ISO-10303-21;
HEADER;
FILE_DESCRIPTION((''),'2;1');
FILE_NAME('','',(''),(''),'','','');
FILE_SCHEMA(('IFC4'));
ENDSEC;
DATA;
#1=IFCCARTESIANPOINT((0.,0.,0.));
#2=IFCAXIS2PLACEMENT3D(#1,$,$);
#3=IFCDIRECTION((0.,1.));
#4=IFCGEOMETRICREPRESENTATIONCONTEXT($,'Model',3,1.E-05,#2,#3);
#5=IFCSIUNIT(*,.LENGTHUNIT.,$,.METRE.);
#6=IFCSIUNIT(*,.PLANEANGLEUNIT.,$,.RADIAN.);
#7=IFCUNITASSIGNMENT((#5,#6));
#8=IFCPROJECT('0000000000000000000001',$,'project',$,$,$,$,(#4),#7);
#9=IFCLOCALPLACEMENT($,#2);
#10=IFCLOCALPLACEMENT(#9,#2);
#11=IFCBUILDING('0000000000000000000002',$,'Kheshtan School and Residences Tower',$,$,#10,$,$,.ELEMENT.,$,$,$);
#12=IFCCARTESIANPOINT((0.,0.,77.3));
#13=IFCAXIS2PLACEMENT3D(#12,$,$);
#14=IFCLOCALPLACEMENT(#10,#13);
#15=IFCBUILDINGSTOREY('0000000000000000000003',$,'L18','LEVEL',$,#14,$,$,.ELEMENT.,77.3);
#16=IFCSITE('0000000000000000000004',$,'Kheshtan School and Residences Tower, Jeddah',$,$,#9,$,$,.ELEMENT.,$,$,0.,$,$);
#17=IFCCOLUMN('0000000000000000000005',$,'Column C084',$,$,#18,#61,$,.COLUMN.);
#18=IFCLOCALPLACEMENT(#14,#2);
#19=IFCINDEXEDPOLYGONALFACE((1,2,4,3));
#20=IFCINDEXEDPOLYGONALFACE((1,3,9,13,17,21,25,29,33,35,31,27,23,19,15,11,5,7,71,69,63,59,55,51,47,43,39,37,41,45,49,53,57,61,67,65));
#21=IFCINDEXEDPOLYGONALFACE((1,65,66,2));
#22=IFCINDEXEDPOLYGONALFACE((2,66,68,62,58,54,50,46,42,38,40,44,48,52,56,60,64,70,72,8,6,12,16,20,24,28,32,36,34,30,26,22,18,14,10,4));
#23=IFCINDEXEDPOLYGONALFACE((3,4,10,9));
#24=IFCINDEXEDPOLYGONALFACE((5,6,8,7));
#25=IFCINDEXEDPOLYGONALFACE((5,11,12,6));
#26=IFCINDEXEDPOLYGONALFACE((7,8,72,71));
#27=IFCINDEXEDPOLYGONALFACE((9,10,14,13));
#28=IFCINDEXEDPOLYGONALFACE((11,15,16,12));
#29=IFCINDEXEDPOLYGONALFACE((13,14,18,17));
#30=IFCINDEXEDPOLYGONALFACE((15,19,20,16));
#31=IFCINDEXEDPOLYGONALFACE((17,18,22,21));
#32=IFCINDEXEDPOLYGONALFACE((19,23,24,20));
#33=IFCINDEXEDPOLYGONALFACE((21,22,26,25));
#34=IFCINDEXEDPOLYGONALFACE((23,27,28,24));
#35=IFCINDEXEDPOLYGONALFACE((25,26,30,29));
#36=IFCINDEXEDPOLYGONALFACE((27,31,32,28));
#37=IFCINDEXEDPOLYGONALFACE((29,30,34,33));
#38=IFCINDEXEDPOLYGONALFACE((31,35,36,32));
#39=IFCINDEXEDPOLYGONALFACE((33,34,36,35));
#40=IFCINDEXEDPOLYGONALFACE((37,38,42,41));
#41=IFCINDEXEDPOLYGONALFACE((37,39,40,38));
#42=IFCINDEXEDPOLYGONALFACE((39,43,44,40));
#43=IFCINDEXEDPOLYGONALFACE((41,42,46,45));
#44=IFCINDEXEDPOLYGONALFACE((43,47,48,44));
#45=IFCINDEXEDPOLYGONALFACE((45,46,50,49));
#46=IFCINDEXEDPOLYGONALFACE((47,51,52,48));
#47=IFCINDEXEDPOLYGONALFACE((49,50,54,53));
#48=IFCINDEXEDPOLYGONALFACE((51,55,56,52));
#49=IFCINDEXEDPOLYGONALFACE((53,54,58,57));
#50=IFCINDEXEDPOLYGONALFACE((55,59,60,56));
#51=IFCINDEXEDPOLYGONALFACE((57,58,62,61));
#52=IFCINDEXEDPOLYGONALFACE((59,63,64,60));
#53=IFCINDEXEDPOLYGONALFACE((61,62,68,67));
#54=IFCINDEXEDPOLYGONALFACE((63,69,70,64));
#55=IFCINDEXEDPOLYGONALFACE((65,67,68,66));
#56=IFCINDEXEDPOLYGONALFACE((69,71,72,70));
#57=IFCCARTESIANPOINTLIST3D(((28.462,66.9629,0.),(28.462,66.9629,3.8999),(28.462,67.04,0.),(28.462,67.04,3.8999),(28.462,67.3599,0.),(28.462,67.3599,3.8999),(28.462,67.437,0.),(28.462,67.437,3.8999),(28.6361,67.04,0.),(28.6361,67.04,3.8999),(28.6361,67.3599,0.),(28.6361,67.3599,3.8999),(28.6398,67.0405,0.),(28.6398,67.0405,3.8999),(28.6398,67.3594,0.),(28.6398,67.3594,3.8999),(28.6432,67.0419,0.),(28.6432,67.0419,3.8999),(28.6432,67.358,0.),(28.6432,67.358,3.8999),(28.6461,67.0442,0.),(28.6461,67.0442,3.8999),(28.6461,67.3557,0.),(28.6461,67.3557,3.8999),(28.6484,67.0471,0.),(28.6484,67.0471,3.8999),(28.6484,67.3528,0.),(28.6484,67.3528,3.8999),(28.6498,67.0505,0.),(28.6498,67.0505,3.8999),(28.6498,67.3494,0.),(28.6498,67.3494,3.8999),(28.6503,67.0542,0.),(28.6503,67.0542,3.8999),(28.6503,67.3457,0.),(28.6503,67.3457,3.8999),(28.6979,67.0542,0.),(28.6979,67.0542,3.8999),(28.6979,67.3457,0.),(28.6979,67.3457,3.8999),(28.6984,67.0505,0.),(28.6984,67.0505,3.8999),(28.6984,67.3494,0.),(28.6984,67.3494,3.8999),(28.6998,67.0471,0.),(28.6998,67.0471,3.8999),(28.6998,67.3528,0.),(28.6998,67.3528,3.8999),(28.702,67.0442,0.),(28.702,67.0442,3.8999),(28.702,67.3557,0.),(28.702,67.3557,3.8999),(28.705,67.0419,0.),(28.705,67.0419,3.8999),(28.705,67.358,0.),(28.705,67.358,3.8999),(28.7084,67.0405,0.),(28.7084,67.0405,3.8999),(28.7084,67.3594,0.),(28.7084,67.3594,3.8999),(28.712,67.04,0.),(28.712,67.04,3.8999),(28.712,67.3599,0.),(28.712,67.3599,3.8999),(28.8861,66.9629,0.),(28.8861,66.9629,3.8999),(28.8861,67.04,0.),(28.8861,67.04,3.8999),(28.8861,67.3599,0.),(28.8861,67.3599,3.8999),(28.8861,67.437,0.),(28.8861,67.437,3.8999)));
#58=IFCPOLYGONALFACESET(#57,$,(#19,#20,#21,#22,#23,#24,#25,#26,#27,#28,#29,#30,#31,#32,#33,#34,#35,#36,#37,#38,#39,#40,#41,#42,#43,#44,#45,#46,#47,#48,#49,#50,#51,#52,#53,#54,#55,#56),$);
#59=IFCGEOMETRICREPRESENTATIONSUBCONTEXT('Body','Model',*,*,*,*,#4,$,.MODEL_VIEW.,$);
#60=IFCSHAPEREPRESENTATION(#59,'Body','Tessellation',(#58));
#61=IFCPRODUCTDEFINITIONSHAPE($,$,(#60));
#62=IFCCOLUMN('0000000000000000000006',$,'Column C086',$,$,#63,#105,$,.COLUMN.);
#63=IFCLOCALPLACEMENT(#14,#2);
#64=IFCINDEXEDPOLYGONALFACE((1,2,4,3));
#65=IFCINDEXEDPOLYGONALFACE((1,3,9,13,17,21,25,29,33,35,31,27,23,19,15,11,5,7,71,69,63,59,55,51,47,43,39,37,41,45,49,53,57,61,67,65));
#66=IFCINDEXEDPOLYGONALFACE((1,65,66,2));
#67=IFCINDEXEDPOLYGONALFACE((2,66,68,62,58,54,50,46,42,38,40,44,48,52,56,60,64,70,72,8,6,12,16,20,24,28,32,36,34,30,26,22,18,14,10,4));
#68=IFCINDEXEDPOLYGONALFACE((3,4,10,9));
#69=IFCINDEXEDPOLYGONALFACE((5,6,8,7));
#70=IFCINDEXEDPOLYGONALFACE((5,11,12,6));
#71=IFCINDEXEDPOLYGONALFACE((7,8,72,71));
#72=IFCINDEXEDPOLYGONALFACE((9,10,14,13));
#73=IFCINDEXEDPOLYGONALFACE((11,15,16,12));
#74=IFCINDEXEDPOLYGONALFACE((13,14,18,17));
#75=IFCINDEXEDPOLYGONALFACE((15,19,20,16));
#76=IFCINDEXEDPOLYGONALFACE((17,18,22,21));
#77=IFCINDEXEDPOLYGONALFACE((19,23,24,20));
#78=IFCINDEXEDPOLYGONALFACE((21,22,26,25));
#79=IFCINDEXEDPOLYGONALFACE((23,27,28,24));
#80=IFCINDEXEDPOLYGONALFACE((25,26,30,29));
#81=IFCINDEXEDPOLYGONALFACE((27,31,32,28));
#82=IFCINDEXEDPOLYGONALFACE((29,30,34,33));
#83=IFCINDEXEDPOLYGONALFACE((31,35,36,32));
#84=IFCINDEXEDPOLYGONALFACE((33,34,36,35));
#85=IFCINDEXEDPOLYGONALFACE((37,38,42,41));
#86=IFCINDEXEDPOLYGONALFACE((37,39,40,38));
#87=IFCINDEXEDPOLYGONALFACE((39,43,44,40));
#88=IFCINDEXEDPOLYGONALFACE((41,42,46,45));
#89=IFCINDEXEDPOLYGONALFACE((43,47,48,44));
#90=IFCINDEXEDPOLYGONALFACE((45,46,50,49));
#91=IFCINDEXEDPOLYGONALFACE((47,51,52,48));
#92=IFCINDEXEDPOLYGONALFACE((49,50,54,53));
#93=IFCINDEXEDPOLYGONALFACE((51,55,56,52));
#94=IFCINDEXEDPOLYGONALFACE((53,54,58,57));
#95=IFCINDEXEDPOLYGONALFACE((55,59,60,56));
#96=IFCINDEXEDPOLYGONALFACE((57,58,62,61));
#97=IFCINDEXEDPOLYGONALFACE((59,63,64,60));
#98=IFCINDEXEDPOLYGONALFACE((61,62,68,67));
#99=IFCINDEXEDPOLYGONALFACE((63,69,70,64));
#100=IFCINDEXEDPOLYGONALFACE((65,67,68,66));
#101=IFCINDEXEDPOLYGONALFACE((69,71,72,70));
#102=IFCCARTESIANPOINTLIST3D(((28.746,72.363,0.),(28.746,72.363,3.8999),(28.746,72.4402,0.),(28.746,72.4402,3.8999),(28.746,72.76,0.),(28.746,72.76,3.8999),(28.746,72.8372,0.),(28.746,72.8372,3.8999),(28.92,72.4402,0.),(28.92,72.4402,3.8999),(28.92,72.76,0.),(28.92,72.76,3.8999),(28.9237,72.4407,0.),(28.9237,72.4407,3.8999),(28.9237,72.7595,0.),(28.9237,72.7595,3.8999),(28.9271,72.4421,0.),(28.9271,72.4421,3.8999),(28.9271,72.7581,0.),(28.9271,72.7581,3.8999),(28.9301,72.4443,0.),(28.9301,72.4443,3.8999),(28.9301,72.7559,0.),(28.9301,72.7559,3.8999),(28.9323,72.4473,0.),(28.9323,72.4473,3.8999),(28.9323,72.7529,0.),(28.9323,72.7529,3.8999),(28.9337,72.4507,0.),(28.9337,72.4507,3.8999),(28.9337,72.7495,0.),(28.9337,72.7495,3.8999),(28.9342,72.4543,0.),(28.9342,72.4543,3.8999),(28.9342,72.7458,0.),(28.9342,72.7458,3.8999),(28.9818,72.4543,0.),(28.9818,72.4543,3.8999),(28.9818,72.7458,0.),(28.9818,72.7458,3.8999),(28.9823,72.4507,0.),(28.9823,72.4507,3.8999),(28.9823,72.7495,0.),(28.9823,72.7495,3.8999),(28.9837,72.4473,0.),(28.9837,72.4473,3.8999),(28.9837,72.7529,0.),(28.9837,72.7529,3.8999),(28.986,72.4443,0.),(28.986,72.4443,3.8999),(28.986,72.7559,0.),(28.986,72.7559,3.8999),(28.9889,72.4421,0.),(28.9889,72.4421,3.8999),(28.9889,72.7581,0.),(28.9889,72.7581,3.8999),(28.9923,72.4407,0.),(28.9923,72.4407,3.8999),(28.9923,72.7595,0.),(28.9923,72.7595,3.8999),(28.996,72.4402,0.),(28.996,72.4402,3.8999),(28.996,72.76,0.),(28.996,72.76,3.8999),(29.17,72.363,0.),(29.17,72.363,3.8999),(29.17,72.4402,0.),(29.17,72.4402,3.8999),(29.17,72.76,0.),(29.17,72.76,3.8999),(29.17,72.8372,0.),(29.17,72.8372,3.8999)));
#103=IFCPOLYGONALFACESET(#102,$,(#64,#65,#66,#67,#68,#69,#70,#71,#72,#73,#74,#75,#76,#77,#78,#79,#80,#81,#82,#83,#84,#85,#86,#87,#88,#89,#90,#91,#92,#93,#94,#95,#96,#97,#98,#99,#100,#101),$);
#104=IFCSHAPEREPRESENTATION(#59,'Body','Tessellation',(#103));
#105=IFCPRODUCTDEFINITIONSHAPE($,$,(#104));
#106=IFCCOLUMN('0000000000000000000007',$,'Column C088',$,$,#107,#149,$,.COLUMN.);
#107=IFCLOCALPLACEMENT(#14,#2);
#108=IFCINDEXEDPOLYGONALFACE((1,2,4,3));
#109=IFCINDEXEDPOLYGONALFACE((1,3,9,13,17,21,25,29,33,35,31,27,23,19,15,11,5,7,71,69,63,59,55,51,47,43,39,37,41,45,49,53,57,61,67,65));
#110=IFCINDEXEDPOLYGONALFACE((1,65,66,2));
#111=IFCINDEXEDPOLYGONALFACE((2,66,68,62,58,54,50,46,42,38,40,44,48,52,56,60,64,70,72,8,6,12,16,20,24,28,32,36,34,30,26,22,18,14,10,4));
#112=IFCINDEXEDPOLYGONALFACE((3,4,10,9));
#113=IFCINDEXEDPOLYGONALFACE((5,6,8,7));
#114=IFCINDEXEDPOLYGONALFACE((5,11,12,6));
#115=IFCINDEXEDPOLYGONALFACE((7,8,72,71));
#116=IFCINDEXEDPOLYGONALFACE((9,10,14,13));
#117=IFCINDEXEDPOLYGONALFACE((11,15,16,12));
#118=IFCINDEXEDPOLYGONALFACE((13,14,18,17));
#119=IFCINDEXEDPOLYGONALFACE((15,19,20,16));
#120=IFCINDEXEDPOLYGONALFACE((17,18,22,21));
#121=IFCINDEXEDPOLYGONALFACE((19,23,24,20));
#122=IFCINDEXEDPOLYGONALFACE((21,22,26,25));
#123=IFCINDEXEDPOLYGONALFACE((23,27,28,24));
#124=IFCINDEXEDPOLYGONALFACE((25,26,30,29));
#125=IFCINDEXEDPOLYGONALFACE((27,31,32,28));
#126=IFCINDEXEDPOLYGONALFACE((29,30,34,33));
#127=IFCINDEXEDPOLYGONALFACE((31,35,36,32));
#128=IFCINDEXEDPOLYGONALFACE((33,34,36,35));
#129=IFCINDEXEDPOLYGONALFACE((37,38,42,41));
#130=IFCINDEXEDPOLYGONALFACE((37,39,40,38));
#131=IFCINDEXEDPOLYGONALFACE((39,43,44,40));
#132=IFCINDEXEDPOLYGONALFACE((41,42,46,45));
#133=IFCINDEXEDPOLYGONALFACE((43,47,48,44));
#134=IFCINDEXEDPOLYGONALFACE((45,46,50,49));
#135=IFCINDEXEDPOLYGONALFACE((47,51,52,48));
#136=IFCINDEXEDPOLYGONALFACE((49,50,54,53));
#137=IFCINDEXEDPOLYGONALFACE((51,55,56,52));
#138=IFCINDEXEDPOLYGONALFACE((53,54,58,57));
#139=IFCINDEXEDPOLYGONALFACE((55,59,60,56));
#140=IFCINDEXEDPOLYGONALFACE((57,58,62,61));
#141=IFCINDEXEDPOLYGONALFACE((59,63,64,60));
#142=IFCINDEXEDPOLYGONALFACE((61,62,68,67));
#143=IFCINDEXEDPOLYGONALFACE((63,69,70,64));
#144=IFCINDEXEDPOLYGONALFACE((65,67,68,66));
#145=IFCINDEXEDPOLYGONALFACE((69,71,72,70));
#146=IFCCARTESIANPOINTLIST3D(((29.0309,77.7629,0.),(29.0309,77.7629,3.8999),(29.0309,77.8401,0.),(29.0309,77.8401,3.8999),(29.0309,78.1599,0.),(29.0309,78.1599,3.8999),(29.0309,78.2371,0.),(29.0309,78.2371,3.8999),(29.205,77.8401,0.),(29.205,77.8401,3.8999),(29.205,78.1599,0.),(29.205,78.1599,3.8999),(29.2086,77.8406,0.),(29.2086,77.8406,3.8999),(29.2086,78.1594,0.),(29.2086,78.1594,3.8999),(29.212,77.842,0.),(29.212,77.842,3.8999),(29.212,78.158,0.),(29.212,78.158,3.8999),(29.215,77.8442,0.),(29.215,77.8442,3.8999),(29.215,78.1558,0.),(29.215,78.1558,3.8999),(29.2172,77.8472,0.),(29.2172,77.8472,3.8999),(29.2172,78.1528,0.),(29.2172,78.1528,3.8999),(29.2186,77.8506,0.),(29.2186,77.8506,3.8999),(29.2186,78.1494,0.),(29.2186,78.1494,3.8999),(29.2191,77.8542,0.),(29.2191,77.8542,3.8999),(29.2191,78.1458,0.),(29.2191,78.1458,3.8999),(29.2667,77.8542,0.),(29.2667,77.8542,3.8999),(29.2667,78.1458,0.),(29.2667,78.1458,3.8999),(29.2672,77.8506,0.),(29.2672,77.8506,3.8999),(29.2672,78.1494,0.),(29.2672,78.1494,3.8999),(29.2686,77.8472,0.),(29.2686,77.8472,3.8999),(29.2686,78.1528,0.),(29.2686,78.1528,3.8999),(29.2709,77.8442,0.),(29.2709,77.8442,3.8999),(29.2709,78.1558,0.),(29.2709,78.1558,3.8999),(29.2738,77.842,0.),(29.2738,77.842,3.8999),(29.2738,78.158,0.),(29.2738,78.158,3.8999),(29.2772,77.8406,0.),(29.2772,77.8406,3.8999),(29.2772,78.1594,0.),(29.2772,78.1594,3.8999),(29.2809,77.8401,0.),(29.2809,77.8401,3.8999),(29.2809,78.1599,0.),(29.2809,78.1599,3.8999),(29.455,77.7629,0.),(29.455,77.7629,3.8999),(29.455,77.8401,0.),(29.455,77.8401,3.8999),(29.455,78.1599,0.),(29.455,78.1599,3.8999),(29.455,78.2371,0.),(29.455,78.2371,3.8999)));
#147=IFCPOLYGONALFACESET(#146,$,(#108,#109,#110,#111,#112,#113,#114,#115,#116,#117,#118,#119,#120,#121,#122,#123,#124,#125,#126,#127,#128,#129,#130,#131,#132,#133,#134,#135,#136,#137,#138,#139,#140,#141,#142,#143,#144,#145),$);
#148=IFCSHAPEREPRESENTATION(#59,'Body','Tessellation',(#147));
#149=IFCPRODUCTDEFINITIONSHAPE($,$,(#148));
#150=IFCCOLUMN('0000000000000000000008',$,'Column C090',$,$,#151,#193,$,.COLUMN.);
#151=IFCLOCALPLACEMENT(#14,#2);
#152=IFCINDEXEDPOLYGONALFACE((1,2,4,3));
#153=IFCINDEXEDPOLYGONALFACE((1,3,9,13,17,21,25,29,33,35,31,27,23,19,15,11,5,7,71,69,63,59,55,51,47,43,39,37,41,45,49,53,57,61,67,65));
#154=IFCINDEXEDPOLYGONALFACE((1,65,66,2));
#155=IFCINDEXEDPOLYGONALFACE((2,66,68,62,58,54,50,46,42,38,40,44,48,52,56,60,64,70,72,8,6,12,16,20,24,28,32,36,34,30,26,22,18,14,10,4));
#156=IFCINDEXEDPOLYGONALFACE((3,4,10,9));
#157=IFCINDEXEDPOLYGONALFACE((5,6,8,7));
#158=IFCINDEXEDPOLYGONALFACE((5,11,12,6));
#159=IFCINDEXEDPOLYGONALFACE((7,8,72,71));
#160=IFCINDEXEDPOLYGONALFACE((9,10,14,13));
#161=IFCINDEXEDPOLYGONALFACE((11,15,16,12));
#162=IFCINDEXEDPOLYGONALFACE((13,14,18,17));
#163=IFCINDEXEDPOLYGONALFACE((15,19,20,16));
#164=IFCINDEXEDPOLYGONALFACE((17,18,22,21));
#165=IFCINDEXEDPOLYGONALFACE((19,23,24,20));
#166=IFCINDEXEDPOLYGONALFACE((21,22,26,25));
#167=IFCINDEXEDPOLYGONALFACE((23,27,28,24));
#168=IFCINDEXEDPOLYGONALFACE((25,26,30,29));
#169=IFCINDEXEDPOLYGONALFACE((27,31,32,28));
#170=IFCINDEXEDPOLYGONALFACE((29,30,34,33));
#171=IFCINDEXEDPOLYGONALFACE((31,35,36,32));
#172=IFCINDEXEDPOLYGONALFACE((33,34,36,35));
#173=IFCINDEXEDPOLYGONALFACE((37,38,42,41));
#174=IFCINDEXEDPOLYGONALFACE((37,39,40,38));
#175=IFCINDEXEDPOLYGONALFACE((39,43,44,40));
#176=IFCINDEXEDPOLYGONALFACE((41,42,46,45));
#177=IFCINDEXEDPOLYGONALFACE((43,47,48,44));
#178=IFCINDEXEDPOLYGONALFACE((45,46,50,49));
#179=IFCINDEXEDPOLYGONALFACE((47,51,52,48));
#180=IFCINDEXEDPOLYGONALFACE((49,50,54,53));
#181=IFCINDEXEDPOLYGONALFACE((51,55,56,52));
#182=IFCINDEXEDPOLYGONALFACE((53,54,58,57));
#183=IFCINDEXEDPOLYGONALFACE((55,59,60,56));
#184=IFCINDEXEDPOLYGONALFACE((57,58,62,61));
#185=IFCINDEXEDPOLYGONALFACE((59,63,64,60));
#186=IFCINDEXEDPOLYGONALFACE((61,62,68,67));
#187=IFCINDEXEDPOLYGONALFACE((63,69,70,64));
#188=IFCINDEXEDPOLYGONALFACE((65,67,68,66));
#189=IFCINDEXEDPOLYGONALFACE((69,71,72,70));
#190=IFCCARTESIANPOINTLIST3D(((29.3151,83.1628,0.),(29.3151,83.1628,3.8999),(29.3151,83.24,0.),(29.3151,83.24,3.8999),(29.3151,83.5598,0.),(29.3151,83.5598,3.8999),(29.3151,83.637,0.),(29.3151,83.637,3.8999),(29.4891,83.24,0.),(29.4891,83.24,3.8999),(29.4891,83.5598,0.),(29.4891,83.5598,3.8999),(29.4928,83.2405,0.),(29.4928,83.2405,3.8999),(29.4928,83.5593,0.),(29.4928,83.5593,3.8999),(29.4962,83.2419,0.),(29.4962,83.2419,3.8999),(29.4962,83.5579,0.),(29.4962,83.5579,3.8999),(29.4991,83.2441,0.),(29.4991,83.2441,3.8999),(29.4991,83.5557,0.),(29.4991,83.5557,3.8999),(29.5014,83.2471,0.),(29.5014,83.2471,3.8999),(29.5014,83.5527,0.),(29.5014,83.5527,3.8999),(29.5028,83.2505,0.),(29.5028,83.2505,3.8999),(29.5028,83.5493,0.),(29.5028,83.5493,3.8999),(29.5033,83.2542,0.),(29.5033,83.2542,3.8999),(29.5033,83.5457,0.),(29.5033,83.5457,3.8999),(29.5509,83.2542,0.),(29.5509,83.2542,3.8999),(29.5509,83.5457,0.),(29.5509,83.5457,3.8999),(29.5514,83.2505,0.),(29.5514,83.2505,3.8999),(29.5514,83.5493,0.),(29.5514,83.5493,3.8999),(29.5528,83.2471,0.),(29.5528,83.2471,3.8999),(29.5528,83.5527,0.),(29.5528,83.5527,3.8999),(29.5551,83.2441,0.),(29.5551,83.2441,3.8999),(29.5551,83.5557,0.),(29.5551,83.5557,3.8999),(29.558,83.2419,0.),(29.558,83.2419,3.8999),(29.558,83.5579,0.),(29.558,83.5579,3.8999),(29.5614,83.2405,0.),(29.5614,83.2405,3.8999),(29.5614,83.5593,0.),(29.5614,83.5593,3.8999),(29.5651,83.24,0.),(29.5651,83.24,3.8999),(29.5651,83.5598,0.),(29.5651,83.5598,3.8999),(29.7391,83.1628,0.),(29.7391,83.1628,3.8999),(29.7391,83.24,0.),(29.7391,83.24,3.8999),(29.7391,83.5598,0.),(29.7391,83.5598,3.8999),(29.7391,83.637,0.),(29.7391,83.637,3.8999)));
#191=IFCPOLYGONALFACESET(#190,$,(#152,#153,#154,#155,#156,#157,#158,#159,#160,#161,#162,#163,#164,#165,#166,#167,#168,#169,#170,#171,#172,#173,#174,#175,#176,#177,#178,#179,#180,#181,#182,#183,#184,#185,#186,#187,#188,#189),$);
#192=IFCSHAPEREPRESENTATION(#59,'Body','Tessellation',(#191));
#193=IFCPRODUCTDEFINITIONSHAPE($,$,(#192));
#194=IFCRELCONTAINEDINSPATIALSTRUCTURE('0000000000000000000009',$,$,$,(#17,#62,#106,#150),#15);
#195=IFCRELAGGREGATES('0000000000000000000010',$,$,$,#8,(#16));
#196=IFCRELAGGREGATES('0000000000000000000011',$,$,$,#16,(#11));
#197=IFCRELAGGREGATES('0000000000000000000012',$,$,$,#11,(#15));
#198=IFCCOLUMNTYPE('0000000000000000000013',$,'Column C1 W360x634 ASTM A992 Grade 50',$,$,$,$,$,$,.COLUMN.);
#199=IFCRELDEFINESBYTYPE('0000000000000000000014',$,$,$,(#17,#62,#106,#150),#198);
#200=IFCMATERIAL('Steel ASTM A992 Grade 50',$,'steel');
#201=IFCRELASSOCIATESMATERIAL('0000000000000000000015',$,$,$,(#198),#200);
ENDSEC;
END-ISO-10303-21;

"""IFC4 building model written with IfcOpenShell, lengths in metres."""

from ifc_helpers import new_model, si_unit, direction, frame, origin, origin_2d, place, context, subcontext, project, spatial, i_section, extrude, material, material_profile, profile_set, type_object, element, save


model = new_model("IFC4")

# Units and contexts
model_context = context("Model", 3, precision=1e-05, world=origin(), true_north=direction((0.0, 1.0)))
body_context = subcontext(model_context, "Body", "Model", "MODEL_VIEW")
ifc_project = project(units=[si_unit("LENGTHUNIT", "METRE"), si_unit("PLANEANGLEUNIT", "RADIAN")], contexts=[model_context])

# Site, building, storey
site_placement = place(None, origin())
site = spatial("IfcSite", under=ifc_project, at=site_placement, Name="Kheshtan School and Residences Tower, Jeddah", CompositionType="ELEMENT", RefElevation=0.0)
building_placement = place(site_placement, origin())
building = spatial("IfcBuilding", under=site, at=building_placement, Name="Kheshtan School and Residences Tower", CompositionType="ELEMENT")
storey_placement = place(building_placement, frame((0.0, 0.0, 77.3)))
storey = spatial("IfcBuildingStorey", under=building, at=storey_placement, Name="L18", Description="LEVEL", CompositionType="ELEMENT", Elevation=77.3)

# Columns
ifc_material_1 = material(Name="Steel ASTM A992 Grade 50", Category="steel")
ifc_material_profile_1 = material_profile(ifc_material_1, i_section(OverallWidth=0.4241, OverallDepth=0.4741, WebThickness=0.0476, FlangeThickness=0.0771, FilletRadius=0.0142, at=origin_2d()), Name="W360x634")
ifc_profile_set_1 = profile_set([ifc_material_profile_1], Name="Steel ASTM A992 Grade 50")
column_type = type_object("IfcColumnType", Name="Column C1 W360x634 ASTM A992 Grade 50", PredefinedType="COLUMN", material=ifc_profile_set_1)
for number, where, z_axis, x_axis, name in (
    (1, (28.6741, 67.2, 0.0), (0.0, 0.0, 1.0), (1.0, 0.0, 0.0), "Column C084"),
    (2, (28.958, 72.6001, 0.0), (0.0, 0.0, 1.0), (1.0, 0.0, 0.0), "Column C086"),
    (3, (29.2429, 78.0, 0.0), (0.0, 0.0, 1.0), (1.0, 0.0, 0.0), "Column C088"),
    (4, (29.5271, 83.3999, 0.0), (0.0, 0.0, 1.0), (1.0, 0.0, 0.0), "Column C090"),
):
    element("IfcColumn", number, at=place(storey_placement, frame(where, z_axis=z_axis, x_axis=x_axis)), inside=storey, type_object=column_type, Name=name, PredefinedType="COLUMN", context=body_context, shape_type="SweptSolid", body=[
        extrude(i_section(OverallWidth=0.4241, OverallDepth=0.4741, WebThickness=0.0476, FlangeThickness=0.0771, FilletRadius=0.0142, at=origin_2d()), origin(), (0.0, 0.0, 1.0), 3.8999),
    ])

save(model, "model.ifc")
